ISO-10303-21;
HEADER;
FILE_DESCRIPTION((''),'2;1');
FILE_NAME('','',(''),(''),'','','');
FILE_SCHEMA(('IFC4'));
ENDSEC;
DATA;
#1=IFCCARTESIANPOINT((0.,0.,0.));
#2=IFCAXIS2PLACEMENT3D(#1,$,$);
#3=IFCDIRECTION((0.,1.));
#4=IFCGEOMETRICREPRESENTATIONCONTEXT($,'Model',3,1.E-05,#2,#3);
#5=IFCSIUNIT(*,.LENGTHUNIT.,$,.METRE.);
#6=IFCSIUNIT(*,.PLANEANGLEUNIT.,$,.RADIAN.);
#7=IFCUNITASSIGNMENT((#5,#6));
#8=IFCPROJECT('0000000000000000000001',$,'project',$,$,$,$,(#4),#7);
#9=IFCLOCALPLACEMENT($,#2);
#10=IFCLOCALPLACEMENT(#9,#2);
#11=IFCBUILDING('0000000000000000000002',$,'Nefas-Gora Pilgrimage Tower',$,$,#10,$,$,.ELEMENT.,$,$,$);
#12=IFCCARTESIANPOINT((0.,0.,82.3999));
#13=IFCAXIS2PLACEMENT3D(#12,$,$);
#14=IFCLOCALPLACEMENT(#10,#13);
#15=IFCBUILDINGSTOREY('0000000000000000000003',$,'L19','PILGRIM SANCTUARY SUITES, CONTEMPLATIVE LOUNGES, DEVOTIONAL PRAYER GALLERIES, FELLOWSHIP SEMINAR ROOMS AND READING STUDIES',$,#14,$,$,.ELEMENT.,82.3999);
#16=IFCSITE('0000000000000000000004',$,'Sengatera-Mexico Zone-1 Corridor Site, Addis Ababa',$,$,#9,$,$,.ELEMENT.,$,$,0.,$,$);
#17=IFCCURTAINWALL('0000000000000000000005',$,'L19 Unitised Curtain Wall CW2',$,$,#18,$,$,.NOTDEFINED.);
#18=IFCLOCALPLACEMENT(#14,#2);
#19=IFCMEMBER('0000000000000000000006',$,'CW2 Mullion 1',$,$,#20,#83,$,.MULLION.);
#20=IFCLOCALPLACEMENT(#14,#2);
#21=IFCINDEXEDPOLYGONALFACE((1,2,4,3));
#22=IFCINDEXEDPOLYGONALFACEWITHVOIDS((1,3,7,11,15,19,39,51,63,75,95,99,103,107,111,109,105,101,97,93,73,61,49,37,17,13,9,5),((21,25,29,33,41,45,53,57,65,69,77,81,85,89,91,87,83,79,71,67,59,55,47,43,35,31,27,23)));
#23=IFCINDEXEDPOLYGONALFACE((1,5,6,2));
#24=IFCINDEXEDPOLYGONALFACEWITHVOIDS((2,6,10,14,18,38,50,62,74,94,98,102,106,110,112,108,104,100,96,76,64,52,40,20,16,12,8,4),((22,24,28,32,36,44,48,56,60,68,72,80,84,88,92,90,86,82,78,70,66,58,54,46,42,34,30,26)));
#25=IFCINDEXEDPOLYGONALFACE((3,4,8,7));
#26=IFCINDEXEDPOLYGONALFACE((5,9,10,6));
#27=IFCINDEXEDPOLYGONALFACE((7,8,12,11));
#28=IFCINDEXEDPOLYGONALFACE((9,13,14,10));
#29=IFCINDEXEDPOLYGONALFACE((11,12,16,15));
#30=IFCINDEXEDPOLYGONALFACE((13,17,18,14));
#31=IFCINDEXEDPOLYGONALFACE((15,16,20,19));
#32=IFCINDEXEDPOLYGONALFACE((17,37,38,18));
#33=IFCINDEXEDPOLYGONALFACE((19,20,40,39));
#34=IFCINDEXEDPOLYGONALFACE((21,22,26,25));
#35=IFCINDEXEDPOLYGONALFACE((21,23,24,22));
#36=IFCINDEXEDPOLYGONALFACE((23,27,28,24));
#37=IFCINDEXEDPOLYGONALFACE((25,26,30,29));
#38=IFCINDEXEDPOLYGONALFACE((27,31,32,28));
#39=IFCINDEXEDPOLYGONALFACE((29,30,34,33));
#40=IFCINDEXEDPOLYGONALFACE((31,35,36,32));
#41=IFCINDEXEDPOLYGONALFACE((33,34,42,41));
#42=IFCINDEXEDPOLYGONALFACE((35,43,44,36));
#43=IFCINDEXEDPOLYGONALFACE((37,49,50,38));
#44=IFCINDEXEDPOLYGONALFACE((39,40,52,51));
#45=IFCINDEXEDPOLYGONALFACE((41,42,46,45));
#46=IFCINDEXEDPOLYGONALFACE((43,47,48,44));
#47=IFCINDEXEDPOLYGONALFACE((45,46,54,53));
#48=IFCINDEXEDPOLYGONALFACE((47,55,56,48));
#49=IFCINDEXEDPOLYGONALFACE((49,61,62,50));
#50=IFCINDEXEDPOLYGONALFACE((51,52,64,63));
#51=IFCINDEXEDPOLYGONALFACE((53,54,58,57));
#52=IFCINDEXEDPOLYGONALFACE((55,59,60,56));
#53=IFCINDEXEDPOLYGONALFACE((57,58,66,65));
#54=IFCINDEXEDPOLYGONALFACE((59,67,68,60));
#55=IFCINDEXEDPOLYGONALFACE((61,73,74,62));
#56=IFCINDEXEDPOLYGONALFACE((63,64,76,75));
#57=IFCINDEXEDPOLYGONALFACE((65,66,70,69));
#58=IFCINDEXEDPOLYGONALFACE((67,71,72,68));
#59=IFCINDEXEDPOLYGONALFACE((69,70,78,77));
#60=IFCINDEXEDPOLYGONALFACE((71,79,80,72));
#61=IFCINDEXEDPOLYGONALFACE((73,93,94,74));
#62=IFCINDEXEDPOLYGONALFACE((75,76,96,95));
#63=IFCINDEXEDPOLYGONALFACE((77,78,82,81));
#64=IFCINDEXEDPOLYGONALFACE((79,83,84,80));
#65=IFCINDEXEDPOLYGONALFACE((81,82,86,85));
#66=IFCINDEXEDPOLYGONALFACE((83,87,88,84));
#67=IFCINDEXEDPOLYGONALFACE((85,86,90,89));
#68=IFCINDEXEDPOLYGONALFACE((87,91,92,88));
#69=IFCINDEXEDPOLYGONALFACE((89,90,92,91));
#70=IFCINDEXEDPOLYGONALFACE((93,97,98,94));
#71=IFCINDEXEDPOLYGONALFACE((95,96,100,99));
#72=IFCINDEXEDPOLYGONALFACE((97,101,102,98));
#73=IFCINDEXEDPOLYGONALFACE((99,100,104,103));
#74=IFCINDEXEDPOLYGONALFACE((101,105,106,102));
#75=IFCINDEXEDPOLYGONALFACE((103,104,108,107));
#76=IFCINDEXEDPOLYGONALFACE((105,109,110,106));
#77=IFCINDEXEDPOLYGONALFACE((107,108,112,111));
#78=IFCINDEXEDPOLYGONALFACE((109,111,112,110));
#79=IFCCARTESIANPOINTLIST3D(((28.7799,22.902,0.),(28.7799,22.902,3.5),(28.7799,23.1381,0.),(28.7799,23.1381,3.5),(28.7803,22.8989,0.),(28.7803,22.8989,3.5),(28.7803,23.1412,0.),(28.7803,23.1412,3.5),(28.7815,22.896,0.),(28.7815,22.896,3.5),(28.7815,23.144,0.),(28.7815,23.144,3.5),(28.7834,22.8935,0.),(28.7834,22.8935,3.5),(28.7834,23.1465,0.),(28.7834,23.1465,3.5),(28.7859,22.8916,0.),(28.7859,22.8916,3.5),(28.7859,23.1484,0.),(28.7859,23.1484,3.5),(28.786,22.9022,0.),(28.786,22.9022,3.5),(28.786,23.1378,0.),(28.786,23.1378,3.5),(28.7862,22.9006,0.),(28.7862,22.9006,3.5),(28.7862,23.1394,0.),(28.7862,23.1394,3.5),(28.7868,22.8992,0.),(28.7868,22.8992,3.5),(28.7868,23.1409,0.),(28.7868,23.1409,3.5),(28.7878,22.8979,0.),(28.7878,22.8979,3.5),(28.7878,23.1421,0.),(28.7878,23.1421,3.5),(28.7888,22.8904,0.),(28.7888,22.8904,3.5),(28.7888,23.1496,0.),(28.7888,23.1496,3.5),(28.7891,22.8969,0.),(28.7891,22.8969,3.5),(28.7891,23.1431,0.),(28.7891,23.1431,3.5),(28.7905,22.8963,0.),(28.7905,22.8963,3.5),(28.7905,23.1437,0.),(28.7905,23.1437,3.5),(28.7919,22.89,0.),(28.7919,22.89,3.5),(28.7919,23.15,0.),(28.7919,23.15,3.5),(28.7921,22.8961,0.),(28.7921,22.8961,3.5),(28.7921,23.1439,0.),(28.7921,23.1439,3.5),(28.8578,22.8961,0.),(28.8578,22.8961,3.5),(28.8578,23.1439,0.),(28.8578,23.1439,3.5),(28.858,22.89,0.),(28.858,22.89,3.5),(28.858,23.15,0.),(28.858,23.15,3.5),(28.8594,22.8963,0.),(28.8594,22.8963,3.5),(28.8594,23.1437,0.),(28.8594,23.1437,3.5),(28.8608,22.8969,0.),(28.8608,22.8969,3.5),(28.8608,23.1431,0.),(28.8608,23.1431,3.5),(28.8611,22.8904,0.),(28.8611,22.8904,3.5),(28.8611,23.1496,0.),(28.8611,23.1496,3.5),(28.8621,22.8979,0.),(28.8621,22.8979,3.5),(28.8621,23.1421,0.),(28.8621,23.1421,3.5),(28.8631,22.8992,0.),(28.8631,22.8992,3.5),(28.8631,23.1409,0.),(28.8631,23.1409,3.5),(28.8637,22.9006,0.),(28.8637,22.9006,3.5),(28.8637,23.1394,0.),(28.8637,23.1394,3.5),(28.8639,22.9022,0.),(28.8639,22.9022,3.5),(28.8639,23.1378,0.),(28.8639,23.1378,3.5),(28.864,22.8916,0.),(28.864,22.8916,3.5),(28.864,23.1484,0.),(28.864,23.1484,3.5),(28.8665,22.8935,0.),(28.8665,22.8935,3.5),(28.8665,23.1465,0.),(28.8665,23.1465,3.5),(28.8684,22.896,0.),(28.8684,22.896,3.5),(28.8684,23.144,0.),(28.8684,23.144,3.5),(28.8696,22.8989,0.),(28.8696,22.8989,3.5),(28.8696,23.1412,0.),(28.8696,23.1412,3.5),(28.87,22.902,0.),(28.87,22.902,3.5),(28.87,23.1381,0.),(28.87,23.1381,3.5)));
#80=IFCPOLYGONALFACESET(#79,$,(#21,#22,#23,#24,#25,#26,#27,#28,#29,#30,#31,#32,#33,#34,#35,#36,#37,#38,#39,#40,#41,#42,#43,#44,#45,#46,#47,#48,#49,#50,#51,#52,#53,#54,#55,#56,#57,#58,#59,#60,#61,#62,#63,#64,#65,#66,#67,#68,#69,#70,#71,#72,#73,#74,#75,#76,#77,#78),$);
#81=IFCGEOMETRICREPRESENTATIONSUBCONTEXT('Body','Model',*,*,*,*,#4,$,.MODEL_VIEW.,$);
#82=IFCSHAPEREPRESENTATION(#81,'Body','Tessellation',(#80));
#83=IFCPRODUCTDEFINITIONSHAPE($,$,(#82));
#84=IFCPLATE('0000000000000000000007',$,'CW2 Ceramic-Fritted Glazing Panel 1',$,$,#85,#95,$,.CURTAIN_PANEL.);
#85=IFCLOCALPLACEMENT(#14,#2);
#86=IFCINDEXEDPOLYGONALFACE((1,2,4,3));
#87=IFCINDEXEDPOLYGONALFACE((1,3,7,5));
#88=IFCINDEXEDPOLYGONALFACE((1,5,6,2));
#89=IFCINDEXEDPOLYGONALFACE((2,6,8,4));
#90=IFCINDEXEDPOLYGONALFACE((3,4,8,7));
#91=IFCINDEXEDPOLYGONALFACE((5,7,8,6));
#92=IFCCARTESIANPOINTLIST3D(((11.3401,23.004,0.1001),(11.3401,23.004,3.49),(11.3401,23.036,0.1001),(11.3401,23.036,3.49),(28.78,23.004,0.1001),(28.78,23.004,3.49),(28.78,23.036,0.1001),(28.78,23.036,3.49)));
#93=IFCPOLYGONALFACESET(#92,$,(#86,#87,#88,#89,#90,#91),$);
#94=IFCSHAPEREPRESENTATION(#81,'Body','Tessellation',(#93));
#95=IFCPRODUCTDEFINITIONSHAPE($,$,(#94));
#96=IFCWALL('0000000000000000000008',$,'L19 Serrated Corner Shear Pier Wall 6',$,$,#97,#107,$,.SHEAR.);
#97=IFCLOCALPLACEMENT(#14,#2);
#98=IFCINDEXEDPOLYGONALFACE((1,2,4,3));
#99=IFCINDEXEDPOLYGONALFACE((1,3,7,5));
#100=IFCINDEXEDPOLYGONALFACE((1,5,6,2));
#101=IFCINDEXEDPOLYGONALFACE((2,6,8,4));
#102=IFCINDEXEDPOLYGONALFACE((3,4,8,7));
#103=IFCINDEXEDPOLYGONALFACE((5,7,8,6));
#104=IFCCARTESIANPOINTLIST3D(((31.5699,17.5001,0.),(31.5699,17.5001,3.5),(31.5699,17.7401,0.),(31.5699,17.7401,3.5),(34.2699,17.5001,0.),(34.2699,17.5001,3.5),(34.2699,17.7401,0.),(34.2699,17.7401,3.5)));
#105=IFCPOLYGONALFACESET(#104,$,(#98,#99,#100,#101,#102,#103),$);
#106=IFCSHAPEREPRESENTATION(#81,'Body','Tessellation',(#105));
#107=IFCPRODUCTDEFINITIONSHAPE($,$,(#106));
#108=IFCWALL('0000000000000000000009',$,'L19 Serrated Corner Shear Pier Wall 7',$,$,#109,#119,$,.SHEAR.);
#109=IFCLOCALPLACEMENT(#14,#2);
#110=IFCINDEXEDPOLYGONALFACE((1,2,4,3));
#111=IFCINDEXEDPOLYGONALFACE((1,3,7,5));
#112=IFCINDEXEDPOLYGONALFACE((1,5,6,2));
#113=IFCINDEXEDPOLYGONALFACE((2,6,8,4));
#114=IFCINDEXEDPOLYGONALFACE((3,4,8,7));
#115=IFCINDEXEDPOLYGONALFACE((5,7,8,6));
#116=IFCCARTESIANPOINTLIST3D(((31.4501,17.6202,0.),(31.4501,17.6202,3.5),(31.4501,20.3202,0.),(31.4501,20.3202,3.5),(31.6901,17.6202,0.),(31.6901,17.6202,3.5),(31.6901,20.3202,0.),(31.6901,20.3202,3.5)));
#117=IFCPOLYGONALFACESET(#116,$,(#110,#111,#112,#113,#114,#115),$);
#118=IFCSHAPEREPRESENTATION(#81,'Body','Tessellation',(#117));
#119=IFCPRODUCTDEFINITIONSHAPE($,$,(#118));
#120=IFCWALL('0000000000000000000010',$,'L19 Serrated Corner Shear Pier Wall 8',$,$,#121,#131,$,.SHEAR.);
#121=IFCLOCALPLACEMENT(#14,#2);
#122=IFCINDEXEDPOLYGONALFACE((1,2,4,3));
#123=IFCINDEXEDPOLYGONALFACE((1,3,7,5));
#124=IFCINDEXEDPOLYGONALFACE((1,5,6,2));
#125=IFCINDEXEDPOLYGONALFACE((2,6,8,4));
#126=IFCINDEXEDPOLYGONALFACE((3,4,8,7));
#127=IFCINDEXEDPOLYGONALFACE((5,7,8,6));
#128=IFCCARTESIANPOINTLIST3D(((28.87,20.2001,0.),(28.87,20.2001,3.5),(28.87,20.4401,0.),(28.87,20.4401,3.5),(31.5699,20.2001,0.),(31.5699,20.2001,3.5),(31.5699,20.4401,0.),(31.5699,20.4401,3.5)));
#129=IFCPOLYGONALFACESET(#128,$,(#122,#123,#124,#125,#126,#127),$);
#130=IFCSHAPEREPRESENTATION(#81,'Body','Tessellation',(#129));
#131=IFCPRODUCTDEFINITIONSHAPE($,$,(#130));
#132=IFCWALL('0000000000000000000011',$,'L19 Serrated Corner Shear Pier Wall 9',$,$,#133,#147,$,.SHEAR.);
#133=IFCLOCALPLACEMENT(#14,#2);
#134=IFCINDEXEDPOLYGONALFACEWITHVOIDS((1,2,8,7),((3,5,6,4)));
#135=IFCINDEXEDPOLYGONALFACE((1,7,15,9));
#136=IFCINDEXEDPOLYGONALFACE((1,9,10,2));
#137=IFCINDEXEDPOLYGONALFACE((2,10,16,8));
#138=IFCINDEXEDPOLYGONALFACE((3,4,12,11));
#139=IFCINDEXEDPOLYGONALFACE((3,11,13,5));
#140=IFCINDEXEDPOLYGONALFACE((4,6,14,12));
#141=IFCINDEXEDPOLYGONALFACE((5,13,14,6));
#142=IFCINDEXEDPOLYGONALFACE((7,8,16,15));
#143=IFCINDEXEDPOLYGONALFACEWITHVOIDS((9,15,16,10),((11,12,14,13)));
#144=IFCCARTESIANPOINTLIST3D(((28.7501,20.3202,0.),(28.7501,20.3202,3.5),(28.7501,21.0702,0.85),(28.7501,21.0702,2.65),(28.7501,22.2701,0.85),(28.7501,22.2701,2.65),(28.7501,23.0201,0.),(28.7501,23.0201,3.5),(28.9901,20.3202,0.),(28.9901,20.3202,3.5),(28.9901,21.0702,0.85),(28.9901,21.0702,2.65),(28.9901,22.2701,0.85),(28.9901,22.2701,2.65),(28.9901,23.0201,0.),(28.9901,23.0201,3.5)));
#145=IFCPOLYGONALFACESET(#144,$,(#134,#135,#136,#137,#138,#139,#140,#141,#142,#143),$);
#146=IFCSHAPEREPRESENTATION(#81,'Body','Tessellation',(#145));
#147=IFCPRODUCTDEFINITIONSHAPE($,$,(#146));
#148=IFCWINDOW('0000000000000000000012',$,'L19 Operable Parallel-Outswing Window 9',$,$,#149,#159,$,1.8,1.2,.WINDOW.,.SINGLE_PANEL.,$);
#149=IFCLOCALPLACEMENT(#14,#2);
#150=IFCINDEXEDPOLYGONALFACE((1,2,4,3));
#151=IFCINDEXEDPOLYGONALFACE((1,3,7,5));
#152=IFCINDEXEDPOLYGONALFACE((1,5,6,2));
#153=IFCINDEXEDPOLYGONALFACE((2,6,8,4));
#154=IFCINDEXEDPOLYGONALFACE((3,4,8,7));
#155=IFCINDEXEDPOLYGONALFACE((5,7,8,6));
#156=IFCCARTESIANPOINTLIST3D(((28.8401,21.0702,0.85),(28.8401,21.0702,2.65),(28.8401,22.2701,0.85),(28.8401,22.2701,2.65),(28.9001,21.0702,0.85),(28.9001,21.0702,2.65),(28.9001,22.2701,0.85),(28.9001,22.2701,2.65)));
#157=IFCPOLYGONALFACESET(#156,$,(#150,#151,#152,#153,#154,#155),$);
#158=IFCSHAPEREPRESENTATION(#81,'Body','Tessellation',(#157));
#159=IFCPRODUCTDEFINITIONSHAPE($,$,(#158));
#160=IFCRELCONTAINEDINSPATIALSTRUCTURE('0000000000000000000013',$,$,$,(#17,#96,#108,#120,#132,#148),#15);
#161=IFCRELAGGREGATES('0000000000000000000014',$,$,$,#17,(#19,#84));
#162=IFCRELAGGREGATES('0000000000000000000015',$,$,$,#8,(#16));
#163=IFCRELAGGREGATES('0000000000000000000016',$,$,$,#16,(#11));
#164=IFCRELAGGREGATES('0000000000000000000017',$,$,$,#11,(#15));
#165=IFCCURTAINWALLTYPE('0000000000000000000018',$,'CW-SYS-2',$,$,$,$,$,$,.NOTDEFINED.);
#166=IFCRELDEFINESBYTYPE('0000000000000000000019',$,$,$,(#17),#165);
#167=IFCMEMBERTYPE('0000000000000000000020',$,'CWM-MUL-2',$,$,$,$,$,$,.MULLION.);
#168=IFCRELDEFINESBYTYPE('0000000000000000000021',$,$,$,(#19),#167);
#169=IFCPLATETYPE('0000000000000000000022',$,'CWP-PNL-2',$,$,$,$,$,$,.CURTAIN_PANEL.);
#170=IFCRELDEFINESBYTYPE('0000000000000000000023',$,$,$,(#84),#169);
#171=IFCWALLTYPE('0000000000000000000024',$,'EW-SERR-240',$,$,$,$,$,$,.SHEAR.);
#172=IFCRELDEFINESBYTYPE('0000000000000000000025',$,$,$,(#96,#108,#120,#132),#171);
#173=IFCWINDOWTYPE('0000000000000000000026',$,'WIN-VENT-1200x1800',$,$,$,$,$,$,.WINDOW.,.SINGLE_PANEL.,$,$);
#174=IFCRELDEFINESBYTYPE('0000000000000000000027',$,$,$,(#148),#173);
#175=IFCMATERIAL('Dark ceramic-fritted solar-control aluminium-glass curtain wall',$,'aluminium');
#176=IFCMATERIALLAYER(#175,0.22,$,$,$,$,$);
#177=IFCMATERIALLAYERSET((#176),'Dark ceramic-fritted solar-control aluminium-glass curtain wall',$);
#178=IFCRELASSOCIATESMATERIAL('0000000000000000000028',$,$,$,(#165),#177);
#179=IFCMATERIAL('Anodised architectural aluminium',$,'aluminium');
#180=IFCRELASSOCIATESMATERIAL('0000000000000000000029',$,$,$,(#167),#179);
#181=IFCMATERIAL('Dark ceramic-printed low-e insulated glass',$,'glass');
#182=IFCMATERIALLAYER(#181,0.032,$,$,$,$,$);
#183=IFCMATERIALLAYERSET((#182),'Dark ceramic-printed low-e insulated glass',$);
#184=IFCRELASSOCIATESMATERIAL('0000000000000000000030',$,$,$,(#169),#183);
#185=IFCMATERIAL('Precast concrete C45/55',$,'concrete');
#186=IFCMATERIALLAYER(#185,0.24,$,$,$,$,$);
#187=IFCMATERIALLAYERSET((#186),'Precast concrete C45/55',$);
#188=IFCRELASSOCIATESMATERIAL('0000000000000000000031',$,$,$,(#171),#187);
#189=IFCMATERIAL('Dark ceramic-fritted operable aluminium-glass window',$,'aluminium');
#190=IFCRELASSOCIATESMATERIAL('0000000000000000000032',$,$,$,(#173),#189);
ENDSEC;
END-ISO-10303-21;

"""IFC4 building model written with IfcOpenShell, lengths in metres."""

from ifc_helpers import new_model, si_unit, direction, frame, frame_2d, origin, origin_2d, place, context, subcontext, project, spatial, rectangle, hollow_rectangle, extrude, source, transform, mapped, material, layer, layer_set, material_profile, profile_set, type_object, element, fill, aggregate, save


model = new_model("IFC4")

# Units and contexts
model_context = context("Model", 3, precision=1e-05, world=origin(), true_north=direction((0.0, 1.0)))
body_context = subcontext(model_context, "Body", "Model", "MODEL_VIEW")
ifc_project = project(units=[si_unit("LENGTHUNIT", "METRE"), si_unit("PLANEANGLEUNIT", "RADIAN")], contexts=[model_context])

# Site, building, storey
site_placement = place(None, origin())
site = spatial("IfcSite", under=ifc_project, at=site_placement, Name="Sengatera-Mexico Zone-1 Corridor Site, Addis Ababa", CompositionType="ELEMENT", RefElevation=0.0)
building_placement = place(site_placement, origin())
building = spatial("IfcBuilding", under=site, at=building_placement, Name="Nefas-Gora Pilgrimage Tower", CompositionType="ELEMENT")
storey_placement = place(building_placement, frame((0.0, 0.0, 82.3999)))
storey = spatial("IfcBuildingStorey", under=building, at=storey_placement, Name="L19", Description="PILGRIM SANCTUARY SUITES, CONTEMPLATIVE LOUNGES, DEVOTIONAL PRAYER GALLERIES, FELLOWSHIP SEMINAR ROOMS AND READING STUDIES", CompositionType="ELEMENT", Elevation=82.3999)

# Curtain wall
ifc_material_1 = material(Name="Dark ceramic-fritted solar-control aluminium-glass curtain wall", Category="aluminium")
ifc_layer_1 = layer(ifc_material_1, 0.22)
ifc_layer_set_1 = layer_set([ifc_layer_1], Name="Dark ceramic-fritted solar-control aluminium-glass curtain wall")
curtain_wall_type = type_object("IfcCurtainWallType", Name="CW-SYS-2", PredefinedType="NOTDEFINED", material=ifc_layer_set_1)
curtain_wall_1_placement = place(storey_placement, origin())
curtain_wall_1 = element("IfcCurtainWall", 1, at=curtain_wall_1_placement, inside=storey, type_object=curtain_wall_type, Name="L19 Unitised Curtain Wall CW2", PredefinedType="NOTDEFINED")
ifc_material_2 = material(Name="Anodised architectural aluminium", Category="aluminium")
ifc_material_profile_1 = material_profile(ifc_material_2, hollow_rectangle(XDim=0.0901, YDim=0.26, WallThickness=0.0061, InnerFilletRadius=0.0061, OuterFilletRadius=0.012, at=origin_2d()), Name="ALU MULLION 90x260")
ifc_profile_set_1 = profile_set([ifc_material_profile_1], Name="Anodised architectural aluminium")
member_type_1 = type_object("IfcMemberType", Name="CWM-MUL-2", PredefinedType="MULLION", material=ifc_profile_set_1)
shared_shape_1 = source(origin(), body_context, "Body", "SweptSolid", [
    extrude(hollow_rectangle(XDim=0.0901, YDim=0.26, WallThickness=0.0061, InnerFilletRadius=0.0061, OuterFilletRadius=0.012, at=origin_2d()), origin(), (0.0, 0.0, 1.0), 3.5),
])

# Member
member_1_placement = place(storey_placement, frame((28.825, 23.02, 0.0), z_axis=(0.0, 0.0, 1.0), x_axis=(-1.0, 0.0, 0.0)))
member_1 = element("IfcMember", 2, at=member_1_placement, type_object=member_type_1, Name="CW2 Mullion 1", PredefinedType="MULLION", context=body_context, shape_type="MappedRepresentation", body=[
    mapped(shared_shape_1, transform((0.0, 0.0, 0.0), x_axis=(1.0, 0.0, 0.0), y_axis=(0.0, 1.0, 0.0), z_axis=(0.0, 0.0, 1.0), scale=1.0)),
])

# Plate
ifc_material_3 = material(Name="Dark ceramic-printed low-e insulated glass", Category="glass")
ifc_layer_2 = layer(ifc_material_3, 0.032)
ifc_layer_set_2 = layer_set([ifc_layer_2], Name="Dark ceramic-printed low-e insulated glass")
plate_type = type_object("IfcPlateType", Name="CWP-PNL-2", PredefinedType="CURTAIN_PANEL", material=ifc_layer_set_2)
shared_shape_2 = source(origin(), body_context, "Body", "SweptSolid", [
    extrude(rectangle(XDim=17.4399, YDim=0.032, at=origin_2d()), origin(), (0.0, 0.0, 1.0), 3.3899),
])
plate_placement = place(storey_placement, frame((20.0601, 23.02, 0.1001), z_axis=(0.0, 0.0, 1.0), x_axis=(-1.0, 0.0, 0.0)))
plate = element("IfcPlate", 3, at=plate_placement, type_object=plate_type, Name="CW2 Ceramic-Fritted Glazing Panel 1", PredefinedType="CURTAIN_PANEL", context=body_context, shape_type="MappedRepresentation", body=[
    mapped(shared_shape_2, transform((0.0, 0.0, 0.0), x_axis=(1.0, 0.0, 0.0), y_axis=(0.0, 1.0, 0.0), z_axis=(0.0, 0.0, 1.0), scale=1.0)),
])
aggregate(curtain_wall_1, [member_1, plate])

# Walls
ifc_material_4 = material(Name="Precast concrete C45/55", Category="concrete")
ifc_layer_3 = layer(ifc_material_4, 0.24)
ifc_layer_set_3 = layer_set([ifc_layer_3], Name="Precast concrete C45/55")
wall_type = type_object("IfcWallType", Name="EW-SERR-240", PredefinedType="SHEAR", material=ifc_layer_set_3)
shared_shape_3 = source(origin(), body_context, "Body", "SweptSolid", [
    extrude(rectangle(XDim=2.7, YDim=0.24, at=frame_2d((1.3501, 0.0))), origin(), (0.0, 0.0, 1.0), 3.5),
])
for number, where, z_axis, x_axis, name in (
    (4, (34.27, 17.6201, 0.0), (0.0, 0.0, 1.0), (-1.0, 0.0, 0.0), "L19 Serrated Corner Shear Pier Wall 6"),
    (5, (31.5701, 17.6201, 0.0), (0.0, 0.0, 1.0), (0.0, 1.0, 0.0), "L19 Serrated Corner Shear Pier Wall 7"),
    (6, (31.5701, 20.3201, 0.0), (0.0, 0.0, 1.0), (-1.0, 0.0, 0.0), "L19 Serrated Corner Shear Pier Wall 8"),
):
    element("IfcWall", number, at=place(storey_placement, frame(where, z_axis=z_axis, x_axis=x_axis)), inside=storey, type_object=wall_type, Name=name, PredefinedType="SHEAR", context=body_context, shape_type="MappedRepresentation", body=[
        mapped(shared_shape_3, transform((0.0, 0.0, 0.0), x_axis=(1.0, 0.0, 0.0), y_axis=(0.0, 1.0, 0.0), z_axis=(0.0, 0.0, 1.0), scale=1.0)),
    ])

# Wall, opening, window
wall_placement = place(storey_placement, frame((28.8701, 20.3201, 0.0), z_axis=(0.0, 0.0, 1.0), x_axis=(0.0, 1.0, 0.0)))
wall = element("IfcWall", 7, at=wall_placement, inside=storey, type_object=wall_type, Name="L19 Serrated Corner Shear Pier Wall 9", PredefinedType="SHEAR", context=body_context, shape_type="MappedRepresentation", body=[
    mapped(shared_shape_3, transform((0.0, 0.0, 0.0), x_axis=(1.0, 0.0, 0.0), y_axis=(0.0, 1.0, 0.0), z_axis=(0.0, 0.0, 1.0), scale=1.0)),
])
opening_placement = place(wall_placement, frame((0.75, 0.0, 0.8501)))
opening = element("IfcOpeningElement", 8, at=opening_placement, cuts=wall, PredefinedType="OPENING", context=body_context, shape_type="SweptSolid", body=[
    extrude(rectangle(XDim=1.2, YDim=1.8, at=frame_2d((0.6001, 0.8999))), frame((0.0, 0.1299, 0.0), z_axis=(0.0, -1.0, 0.0), x_axis=(1.0, 0.0, 0.0)), (0.0, 0.0, 1.0), 0.26),
])
ifc_material_5 = material(Name="Dark ceramic-fritted operable aluminium-glass window", Category="aluminium")
window_type = type_object("IfcWindowType", Name="WIN-VENT-1200x1800", PartitioningType="SINGLE_PANEL", PredefinedType="WINDOW", material=ifc_material_5)
shared_shape_4 = source(origin(), body_context, "Body", "SweptSolid", [
    extrude(rectangle(XDim=1.2, YDim=1.8, at=frame_2d((0.6001, 0.8999))), frame((0.0, 0.03, 0.0), z_axis=(0.0, -1.0, 0.0), x_axis=(1.0, 0.0, 0.0)), (0.0, 0.0, 1.0), 0.0601),
])
window_placement = place(opening_placement, origin())
window = element("IfcWindow", 9, at=window_placement, inside=storey, type_object=window_type, Name="L19 Operable Parallel-Outswing Window 9", OverallHeight=1.8, OverallWidth=1.2, PartitioningType="SINGLE_PANEL", PredefinedType="WINDOW", context=body_context, shape_type="MappedRepresentation", body=[
    mapped(shared_shape_4, transform((0.0, 0.0, 0.0), x_axis=(1.0, 0.0, 0.0), y_axis=(0.0, 1.0, 0.0), z_axis=(0.0, 0.0, 1.0), scale=1.0)),
])
fill(opening, window)

save(model, "model.ifc")
